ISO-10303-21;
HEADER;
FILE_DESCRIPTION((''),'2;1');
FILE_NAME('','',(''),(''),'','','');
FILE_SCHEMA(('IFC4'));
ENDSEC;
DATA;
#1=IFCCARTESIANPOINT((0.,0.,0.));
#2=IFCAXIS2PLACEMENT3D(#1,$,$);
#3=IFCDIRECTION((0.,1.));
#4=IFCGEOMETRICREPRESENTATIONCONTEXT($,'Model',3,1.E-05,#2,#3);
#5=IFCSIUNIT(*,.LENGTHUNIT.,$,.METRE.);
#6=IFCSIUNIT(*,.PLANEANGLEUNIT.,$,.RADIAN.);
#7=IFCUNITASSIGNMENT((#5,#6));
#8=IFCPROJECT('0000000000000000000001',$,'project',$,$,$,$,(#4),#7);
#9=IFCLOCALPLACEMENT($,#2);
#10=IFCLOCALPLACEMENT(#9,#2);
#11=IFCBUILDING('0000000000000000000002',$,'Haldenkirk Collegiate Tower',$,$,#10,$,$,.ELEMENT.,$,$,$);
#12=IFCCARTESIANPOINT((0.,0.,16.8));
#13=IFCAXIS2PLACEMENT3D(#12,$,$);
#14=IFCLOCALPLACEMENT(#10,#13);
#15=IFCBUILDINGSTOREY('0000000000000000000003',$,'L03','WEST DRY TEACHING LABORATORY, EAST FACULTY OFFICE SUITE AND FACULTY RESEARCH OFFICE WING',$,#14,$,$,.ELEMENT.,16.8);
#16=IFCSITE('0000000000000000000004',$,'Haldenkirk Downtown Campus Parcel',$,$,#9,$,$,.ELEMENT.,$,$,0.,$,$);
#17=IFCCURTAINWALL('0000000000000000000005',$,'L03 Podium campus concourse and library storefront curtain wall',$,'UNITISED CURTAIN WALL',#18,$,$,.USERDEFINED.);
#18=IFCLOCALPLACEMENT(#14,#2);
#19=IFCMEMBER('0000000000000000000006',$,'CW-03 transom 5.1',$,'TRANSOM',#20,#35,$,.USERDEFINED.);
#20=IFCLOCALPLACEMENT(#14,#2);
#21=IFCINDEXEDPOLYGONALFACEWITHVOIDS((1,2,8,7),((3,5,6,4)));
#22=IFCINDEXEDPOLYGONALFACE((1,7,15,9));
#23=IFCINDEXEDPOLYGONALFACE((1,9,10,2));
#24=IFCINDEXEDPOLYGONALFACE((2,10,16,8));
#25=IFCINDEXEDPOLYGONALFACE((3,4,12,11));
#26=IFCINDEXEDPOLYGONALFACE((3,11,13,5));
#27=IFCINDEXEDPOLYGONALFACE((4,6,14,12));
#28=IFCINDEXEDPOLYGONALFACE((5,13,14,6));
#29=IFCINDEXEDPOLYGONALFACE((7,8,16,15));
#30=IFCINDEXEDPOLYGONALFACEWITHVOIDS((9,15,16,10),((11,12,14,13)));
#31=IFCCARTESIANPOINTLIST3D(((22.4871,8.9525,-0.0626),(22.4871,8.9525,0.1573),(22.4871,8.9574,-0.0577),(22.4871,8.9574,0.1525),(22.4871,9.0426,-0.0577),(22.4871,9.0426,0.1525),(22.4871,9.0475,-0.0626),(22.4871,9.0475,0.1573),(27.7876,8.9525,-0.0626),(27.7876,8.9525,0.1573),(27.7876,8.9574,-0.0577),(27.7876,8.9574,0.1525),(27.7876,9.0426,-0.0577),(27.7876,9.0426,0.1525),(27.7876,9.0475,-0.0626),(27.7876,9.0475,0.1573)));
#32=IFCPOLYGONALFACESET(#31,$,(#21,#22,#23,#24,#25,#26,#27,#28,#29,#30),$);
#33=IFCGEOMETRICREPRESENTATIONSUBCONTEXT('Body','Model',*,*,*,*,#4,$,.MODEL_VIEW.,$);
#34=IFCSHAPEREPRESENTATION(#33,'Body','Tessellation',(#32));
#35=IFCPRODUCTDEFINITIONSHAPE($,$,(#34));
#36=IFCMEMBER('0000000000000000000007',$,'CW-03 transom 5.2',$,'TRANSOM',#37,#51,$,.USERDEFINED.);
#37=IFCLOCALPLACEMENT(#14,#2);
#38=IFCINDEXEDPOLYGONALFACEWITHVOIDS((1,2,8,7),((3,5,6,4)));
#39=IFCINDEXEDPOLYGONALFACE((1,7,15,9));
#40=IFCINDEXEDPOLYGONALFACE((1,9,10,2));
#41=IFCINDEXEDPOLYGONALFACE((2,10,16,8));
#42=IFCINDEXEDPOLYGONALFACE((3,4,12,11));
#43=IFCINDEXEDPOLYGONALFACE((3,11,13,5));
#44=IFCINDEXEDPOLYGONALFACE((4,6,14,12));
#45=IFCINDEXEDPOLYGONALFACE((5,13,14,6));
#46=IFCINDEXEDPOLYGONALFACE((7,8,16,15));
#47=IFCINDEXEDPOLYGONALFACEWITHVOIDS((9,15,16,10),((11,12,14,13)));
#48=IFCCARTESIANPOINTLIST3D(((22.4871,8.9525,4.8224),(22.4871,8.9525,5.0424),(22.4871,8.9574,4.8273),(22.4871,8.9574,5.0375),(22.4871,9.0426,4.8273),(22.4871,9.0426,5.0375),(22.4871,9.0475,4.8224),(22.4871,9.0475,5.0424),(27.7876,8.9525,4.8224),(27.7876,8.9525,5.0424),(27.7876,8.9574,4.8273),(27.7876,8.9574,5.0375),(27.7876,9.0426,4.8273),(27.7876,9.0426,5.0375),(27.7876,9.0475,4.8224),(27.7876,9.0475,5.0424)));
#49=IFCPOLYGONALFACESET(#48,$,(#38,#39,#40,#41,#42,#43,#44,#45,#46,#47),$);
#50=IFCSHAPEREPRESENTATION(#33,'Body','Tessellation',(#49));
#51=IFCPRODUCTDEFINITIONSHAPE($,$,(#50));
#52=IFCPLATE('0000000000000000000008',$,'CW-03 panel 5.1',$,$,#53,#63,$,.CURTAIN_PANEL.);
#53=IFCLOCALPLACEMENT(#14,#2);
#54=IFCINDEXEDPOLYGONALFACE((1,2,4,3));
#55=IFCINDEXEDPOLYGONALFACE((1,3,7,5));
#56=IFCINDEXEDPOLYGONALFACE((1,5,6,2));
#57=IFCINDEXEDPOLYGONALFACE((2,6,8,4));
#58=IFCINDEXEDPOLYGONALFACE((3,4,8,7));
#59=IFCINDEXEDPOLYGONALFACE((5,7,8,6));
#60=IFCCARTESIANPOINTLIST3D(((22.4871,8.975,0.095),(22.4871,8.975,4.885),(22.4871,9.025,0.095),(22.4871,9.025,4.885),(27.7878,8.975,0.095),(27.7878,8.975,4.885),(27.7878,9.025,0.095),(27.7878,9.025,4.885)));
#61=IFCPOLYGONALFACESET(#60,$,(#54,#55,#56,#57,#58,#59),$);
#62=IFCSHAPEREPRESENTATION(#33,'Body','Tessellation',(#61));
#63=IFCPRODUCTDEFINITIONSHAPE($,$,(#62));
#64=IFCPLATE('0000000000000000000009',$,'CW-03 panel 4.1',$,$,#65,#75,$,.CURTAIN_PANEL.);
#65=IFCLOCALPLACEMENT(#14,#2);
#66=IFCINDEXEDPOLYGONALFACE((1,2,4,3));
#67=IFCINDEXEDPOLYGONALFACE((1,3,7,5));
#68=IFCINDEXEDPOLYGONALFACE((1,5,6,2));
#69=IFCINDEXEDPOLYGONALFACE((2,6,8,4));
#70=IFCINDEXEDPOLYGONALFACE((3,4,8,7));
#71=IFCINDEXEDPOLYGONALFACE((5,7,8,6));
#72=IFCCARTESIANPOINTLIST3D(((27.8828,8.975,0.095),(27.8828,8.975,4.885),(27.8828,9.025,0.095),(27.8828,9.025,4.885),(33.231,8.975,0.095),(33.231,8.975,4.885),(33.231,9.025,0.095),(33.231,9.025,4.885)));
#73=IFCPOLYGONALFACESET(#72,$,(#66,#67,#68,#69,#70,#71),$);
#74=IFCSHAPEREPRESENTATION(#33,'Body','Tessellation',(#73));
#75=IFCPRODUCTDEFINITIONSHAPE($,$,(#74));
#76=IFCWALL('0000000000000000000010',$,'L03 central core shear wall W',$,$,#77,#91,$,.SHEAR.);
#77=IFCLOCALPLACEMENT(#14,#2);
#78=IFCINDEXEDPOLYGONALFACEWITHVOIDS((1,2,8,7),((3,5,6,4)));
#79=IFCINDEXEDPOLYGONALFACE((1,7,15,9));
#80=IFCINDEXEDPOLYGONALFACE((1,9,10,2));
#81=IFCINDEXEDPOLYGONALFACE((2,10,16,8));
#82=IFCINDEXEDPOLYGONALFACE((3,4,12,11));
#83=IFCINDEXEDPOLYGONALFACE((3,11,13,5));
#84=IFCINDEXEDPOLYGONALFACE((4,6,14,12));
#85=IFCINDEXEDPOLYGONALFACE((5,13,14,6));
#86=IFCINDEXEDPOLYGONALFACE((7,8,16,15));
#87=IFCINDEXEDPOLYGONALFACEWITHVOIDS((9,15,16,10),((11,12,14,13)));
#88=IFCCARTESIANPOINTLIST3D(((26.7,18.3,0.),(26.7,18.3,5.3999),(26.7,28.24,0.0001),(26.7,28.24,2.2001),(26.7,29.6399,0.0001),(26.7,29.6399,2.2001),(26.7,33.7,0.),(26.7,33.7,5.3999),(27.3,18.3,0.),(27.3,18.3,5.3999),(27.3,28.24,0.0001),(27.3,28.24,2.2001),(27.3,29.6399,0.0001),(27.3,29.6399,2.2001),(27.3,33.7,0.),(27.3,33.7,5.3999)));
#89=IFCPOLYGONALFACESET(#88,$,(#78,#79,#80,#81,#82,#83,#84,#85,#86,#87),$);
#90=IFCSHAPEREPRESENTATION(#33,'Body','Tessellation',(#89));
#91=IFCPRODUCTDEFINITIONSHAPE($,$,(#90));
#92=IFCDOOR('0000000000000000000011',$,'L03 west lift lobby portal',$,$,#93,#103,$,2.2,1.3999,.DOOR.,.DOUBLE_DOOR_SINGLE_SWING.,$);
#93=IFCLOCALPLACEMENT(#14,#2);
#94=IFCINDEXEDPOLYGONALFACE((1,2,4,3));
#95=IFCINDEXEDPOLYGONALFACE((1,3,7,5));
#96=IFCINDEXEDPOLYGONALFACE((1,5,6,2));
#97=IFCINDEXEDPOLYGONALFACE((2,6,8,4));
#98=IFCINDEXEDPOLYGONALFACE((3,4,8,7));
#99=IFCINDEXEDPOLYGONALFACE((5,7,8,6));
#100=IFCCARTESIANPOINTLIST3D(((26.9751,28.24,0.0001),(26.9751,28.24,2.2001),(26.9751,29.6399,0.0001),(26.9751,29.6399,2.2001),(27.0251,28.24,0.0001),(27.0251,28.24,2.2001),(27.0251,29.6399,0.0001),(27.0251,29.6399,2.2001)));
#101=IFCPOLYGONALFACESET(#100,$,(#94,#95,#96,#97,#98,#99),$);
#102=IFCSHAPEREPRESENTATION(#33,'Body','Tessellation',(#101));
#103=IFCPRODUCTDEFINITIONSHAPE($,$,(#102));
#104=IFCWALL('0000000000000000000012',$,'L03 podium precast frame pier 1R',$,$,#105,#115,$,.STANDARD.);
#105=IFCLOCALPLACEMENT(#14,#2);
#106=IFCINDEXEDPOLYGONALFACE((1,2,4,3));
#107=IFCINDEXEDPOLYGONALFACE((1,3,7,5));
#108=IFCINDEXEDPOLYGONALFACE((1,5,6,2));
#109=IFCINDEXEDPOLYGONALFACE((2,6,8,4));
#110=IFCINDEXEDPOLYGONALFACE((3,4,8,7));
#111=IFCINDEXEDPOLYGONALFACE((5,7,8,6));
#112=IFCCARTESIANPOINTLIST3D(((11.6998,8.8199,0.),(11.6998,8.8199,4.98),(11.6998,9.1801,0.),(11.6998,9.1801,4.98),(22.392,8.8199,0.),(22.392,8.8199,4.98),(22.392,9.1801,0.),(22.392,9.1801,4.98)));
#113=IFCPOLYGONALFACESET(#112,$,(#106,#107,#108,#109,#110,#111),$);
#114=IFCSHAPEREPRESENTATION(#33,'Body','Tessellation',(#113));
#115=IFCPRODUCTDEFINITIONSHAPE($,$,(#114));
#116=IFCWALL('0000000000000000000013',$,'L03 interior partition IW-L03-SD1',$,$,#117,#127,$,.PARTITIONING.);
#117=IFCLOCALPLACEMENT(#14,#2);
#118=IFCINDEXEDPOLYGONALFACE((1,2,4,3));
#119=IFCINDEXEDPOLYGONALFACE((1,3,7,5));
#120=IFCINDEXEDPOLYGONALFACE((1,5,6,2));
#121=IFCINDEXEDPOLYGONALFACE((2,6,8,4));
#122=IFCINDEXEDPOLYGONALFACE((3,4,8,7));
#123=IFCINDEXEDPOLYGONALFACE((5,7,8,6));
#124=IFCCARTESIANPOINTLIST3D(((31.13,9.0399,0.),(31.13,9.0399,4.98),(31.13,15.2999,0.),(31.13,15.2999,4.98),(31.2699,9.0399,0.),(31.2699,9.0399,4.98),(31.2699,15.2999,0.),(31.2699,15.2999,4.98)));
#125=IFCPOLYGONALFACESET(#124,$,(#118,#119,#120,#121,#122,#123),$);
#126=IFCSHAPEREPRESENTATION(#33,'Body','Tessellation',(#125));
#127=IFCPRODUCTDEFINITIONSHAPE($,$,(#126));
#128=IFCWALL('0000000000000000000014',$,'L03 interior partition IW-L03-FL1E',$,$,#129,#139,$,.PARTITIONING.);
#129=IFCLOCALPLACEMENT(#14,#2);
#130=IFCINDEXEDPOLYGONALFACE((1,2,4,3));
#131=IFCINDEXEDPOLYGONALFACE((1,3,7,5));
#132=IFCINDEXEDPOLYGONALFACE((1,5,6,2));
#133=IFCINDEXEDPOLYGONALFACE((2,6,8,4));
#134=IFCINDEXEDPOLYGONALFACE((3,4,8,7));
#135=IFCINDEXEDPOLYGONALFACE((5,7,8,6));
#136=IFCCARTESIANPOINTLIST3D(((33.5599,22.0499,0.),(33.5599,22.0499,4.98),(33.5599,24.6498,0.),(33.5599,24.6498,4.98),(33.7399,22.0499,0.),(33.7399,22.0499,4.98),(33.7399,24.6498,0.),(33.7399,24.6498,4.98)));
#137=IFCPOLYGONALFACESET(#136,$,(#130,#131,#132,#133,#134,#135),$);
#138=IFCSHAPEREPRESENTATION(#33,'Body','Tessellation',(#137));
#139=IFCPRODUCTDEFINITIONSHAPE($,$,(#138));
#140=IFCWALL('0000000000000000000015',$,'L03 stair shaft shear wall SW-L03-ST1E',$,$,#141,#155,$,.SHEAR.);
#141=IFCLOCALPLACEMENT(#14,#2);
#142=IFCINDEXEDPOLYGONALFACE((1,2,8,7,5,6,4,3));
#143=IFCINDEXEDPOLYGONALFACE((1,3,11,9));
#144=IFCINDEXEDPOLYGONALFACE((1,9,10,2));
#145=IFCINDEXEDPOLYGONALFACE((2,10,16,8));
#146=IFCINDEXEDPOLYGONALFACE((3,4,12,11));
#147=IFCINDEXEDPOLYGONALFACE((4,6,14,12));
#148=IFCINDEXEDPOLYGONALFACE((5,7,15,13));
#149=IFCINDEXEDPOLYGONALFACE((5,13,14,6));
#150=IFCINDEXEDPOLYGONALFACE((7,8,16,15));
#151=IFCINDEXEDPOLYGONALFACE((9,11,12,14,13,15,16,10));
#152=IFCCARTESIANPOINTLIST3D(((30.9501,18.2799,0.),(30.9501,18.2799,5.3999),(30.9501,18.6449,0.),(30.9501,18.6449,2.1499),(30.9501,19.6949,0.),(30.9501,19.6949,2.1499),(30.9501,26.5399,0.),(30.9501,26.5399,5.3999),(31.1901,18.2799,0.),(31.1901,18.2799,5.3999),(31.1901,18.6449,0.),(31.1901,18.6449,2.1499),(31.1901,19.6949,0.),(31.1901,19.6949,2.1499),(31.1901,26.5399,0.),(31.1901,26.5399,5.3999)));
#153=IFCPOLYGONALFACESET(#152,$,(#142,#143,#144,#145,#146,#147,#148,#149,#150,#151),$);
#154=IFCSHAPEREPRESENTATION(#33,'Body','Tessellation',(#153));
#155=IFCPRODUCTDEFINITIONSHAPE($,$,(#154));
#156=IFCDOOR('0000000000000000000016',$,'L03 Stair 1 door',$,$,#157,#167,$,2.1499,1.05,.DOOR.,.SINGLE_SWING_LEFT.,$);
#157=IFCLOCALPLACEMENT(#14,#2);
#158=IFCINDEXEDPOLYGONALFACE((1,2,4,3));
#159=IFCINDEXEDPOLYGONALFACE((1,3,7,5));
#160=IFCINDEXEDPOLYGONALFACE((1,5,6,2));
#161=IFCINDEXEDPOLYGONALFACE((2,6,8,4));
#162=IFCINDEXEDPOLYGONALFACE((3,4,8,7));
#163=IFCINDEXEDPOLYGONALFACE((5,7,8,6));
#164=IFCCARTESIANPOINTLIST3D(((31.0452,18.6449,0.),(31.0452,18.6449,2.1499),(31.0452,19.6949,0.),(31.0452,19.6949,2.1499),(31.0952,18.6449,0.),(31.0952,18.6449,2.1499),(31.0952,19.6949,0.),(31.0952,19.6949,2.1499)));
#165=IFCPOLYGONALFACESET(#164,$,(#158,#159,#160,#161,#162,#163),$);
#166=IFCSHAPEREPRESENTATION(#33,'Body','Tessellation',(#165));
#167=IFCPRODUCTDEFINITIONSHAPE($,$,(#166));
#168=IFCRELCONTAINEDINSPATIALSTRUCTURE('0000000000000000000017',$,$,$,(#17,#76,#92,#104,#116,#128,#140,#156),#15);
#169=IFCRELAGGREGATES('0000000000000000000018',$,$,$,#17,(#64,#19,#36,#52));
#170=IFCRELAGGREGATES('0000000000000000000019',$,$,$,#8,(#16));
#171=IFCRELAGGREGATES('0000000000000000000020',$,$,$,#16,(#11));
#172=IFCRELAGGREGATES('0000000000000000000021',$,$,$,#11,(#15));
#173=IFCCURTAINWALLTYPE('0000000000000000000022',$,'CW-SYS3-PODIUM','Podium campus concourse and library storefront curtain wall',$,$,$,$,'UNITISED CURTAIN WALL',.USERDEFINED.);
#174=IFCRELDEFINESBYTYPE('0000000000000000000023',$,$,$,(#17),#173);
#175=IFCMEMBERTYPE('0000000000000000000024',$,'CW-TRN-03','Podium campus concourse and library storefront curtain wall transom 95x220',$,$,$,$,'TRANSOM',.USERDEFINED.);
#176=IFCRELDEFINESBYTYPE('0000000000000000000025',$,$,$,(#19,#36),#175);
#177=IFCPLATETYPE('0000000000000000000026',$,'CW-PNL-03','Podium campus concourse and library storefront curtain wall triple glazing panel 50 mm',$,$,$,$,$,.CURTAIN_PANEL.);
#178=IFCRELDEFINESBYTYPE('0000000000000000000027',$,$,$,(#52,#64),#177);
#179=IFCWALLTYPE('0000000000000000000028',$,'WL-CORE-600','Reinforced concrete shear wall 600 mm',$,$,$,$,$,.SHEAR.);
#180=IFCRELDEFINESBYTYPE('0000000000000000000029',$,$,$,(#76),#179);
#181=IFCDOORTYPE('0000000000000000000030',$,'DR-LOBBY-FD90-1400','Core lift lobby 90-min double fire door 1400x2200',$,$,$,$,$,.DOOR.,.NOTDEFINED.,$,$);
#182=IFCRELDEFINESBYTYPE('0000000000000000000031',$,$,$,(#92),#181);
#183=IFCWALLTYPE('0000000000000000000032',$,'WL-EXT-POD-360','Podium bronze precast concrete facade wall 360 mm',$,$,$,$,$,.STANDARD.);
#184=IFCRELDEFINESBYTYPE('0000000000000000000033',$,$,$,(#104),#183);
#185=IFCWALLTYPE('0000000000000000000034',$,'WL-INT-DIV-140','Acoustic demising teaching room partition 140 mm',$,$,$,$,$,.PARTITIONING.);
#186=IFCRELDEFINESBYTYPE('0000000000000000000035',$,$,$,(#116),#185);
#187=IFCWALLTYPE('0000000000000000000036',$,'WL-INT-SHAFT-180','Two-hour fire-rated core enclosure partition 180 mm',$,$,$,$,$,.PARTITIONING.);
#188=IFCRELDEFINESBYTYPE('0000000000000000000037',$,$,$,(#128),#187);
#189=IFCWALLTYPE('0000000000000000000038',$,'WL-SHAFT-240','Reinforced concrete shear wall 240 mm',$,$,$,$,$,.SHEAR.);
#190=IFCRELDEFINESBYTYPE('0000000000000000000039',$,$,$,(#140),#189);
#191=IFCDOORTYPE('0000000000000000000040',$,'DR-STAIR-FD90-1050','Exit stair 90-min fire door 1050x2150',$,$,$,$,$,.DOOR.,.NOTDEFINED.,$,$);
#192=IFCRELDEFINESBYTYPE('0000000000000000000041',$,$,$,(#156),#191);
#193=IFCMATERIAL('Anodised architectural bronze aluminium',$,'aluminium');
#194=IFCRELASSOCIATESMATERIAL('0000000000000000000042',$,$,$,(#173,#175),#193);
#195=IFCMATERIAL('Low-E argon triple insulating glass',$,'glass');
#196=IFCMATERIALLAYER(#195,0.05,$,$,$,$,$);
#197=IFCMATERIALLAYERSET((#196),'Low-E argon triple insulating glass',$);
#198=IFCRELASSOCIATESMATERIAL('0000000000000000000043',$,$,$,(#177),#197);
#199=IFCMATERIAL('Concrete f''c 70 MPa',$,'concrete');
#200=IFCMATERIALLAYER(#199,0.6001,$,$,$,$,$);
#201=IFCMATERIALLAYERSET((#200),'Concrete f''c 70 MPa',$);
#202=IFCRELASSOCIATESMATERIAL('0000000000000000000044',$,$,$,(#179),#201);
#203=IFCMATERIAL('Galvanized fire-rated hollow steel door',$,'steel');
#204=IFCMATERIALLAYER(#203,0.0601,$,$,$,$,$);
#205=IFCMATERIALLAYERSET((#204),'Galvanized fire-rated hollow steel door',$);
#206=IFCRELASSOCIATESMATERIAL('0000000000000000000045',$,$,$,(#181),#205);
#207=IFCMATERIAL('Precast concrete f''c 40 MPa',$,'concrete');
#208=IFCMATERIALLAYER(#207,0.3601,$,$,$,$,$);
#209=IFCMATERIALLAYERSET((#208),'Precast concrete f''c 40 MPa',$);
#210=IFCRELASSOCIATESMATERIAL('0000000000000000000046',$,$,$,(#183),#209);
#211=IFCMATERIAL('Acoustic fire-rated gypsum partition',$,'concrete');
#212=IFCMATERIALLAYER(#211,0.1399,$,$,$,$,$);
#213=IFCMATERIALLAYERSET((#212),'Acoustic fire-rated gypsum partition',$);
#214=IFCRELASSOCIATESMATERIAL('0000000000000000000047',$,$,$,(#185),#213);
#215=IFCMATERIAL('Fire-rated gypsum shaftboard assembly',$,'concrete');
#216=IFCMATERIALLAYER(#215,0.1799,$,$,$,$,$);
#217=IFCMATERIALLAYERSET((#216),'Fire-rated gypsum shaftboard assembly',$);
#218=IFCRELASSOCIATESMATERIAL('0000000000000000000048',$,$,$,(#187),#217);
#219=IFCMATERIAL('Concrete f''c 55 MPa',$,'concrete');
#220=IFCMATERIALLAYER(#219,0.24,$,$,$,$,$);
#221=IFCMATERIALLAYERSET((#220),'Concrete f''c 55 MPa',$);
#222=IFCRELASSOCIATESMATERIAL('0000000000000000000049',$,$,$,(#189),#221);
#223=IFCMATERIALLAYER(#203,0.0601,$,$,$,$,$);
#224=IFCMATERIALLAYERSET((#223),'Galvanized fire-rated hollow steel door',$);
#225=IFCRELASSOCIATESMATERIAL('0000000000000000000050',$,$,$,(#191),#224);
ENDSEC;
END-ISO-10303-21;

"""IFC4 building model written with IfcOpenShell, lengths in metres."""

from ifc_helpers import new_model, si_unit, direction, frame, frame_2d, origin, origin_2d, place, context, subcontext, project, spatial, rectangle, hollow_rectangle, extrude, source, transform, mapped, material, layer, layer_set, material_profile, profile_set, type_object, element, fill, aggregate, save


model = new_model("IFC4")

# Units and contexts
model_context = context("Model", 3, precision=1e-05, world=origin(), true_north=direction((0.0, 1.0)))
body_context = subcontext(model_context, "Body", "Model", "MODEL_VIEW")
ifc_project = project(units=[si_unit("LENGTHUNIT", "METRE"), si_unit("PLANEANGLEUNIT", "RADIAN")], contexts=[model_context])

# Site, building, storey
site_placement = place(None, origin())
site = spatial("IfcSite", under=ifc_project, at=site_placement, Name="Haldenkirk Downtown Campus Parcel", CompositionType="ELEMENT", RefElevation=0.0)
building_placement = place(site_placement, origin())
building = spatial("IfcBuilding", under=site, at=building_placement, Name="Haldenkirk Collegiate Tower", CompositionType="ELEMENT")
storey_placement = place(building_placement, frame((0.0, 0.0, 16.8)))
storey = spatial("IfcBuildingStorey", under=building, at=storey_placement, Name="L03", Description="WEST DRY TEACHING LABORATORY, EAST FACULTY OFFICE SUITE AND FACULTY RESEARCH OFFICE WING", CompositionType="ELEMENT", Elevation=16.8)

# Curtain wall, members, plates
ifc_material_1 = material(Name="Anodised architectural bronze aluminium", Category="aluminium")
curtain_wall_type = type_object("IfcCurtainWallType", Name="CW-SYS3-PODIUM", Description="Podium campus concourse and library storefront curtain wall", ElementType="UNITISED CURTAIN WALL", PredefinedType="USERDEFINED", material=ifc_material_1)
curtain_wall_placement = place(storey_placement, origin())
curtain_wall = element("IfcCurtainWall", 1, at=curtain_wall_placement, inside=storey, type_object=curtain_wall_type, Name="L03 Podium campus concourse and library storefront curtain wall", ObjectType="UNITISED CURTAIN WALL", PredefinedType="USERDEFINED")
ifc_material_profile_1 = material_profile(ifc_material_1, hollow_rectangle(XDim=0.095, YDim=0.22, WallThickness=0.0049, at=origin_2d()), Name="CW-TRN-03")
ifc_profile_set_1 = profile_set([ifc_material_profile_1], Name="Anodised architectural bronze aluminium")
member_type_1 = type_object("IfcMemberType", Name="CW-TRN-03", Description="Podium campus concourse and library storefront curtain wall transom 95x220", ElementType="TRANSOM", PredefinedType="USERDEFINED", material=ifc_profile_set_1)
member_1_placement = place(storey_placement, frame((27.7876, 9.0, 0.0474), z_axis=(-1.0, 0.0, 0.0), x_axis=(0.0, -1.0, 0.0)))
member_1 = element("IfcMember", 2, at=member_1_placement, type_object=member_type_1, Name="CW-03 transom 5.1", ObjectType="TRANSOM", PredefinedType="USERDEFINED", context=body_context, shape_type="SweptSolid", body=[
    extrude(hollow_rectangle(XDim=0.095, YDim=0.22, WallThickness=0.0049, at=origin_2d()), origin(), (0.0, 0.0, 1.0), 5.3005),
])
member_2_placement = place(storey_placement, frame((27.7876, 9.0, 4.9324), z_axis=(-1.0, 0.0, 0.0), x_axis=(0.0, -1.0, 0.0)))
member_2 = element("IfcMember", 3, at=member_2_placement, type_object=member_type_1, Name="CW-03 transom 5.2", ObjectType="TRANSOM", PredefinedType="USERDEFINED", context=body_context, shape_type="SweptSolid", body=[
    extrude(hollow_rectangle(XDim=0.095, YDim=0.22, WallThickness=0.0049, at=origin_2d()), origin(), (0.0, 0.0, 1.0), 5.3005),
])
ifc_material_2 = material(Name="Low-E argon triple insulating glass", Category="glass")
ifc_layer_1 = layer(ifc_material_2, 0.05)
ifc_layer_set_1 = layer_set([ifc_layer_1], Name="Low-E argon triple insulating glass")
plate_type = type_object("IfcPlateType", Name="CW-PNL-03", Description="Podium campus concourse and library storefront curtain wall triple glazing panel 50 mm", PredefinedType="CURTAIN_PANEL", material=ifc_layer_set_1)
shared_shape_1 = source(origin(), body_context, "Body", "SweptSolid", [
    extrude(rectangle(XDim=5.3008, YDim=0.05, at=origin_2d()), origin(), (0.0, 0.0, 1.0), 4.79),
])
plate_1_placement = place(storey_placement, frame((25.1375, 9.0, 0.095), z_axis=(0.0, 0.0, 1.0), x_axis=(-1.0, 0.0, 0.0)))
plate_1 = element("IfcPlate", 4, at=plate_1_placement, type_object=plate_type, Name="CW-03 panel 5.1", PredefinedType="CURTAIN_PANEL", context=body_context, shape_type="MappedRepresentation", body=[
    mapped(shared_shape_1, transform((0.0, 0.0, 0.0), x_axis=(1.0, 0.0, 0.0), y_axis=(0.0, 1.0, 0.0), z_axis=(0.0, 0.0, 1.0), scale=1.0)),
])
shared_shape_2 = source(origin(), body_context, "Body", "SweptSolid", [
    extrude(rectangle(XDim=5.3481, YDim=0.05, at=origin_2d()), origin(), (0.0, 0.0, 1.0), 4.79),
])
plate_2_placement = place(storey_placement, frame((30.5569, 9.0, 0.095), z_axis=(0.0, 0.0, 1.0), x_axis=(-1.0, 0.0, 0.0)))
plate_2 = element("IfcPlate", 5, at=plate_2_placement, type_object=plate_type, Name="CW-03 panel 4.1", PredefinedType="CURTAIN_PANEL", context=body_context, shape_type="MappedRepresentation", body=[
    mapped(shared_shape_2, transform((0.0, 0.0, 0.0), x_axis=(1.0, 0.0, 0.0), y_axis=(0.0, 1.0, 0.0), z_axis=(0.0, 0.0, 1.0), scale=1.0)),
])
aggregate(curtain_wall, [plate_2, member_1, member_2, plate_1])

# Shared definitions
ifc_material_3 = material(Name="Concrete f'c 70 MPa", Category="concrete")
ifc_layer_2 = layer(ifc_material_3, 0.6001)
ifc_layer_set_2 = layer_set([ifc_layer_2], Name="Concrete f'c 70 MPa")
wall_type_1 = type_object("IfcWallType", Name="WL-CORE-600", Description="Reinforced concrete shear wall 600 mm", PredefinedType="SHEAR", material=ifc_layer_set_2)
ifc_material_4 = material(Name="Galvanized fire-rated hollow steel door", Category="steel")

# Wall, opening, door
wall_1_placement = place(storey_placement, frame((27.0, 18.3, 0.0), z_axis=(0.0, 0.0, 1.0), x_axis=(0.0, 1.0, 0.0)))
wall_1 = element("IfcWall", 6, at=wall_1_placement, inside=storey, type_object=wall_type_1, Name="L03 central core shear wall W", PredefinedType="SHEAR", context=body_context, shape_type="SweptSolid", body=[
    extrude(rectangle(XDim=15.3999, YDim=0.6001, at=frame_2d((7.7, 0.0))), origin(), (0.0, 0.0, 1.0), 5.3999),
])
opening_1_placement = place(wall_1_placement, frame((9.9399, 0.0, 0.0)))
opening_1 = element("IfcOpeningElement", 7, at=opening_1_placement, cuts=wall_1, PredefinedType="OPENING", context=body_context, shape_type="SweptSolid", body=[
    extrude(rectangle(XDim=1.3999, YDim=2.2, at=frame_2d((0.7, 1.1001))), frame((0.0, 0.3101, 0.0), z_axis=(0.0, -1.0, 0.0), x_axis=(1.0, 0.0, 0.0)), (0.0, 0.0, 1.0), 0.6201),
])
ifc_layer_3 = layer(ifc_material_4, 0.0601)
ifc_layer_set_3 = layer_set([ifc_layer_3], Name="Galvanized fire-rated hollow steel door")
door_type_1 = type_object("IfcDoorType", Name="DR-LOBBY-FD90-1400", Description="Core lift lobby 90-min double fire door 1400x2200", OperationType="NOTDEFINED", PredefinedType="DOOR", material=ifc_layer_set_3)
door_1_placement = place(opening_1_placement, origin())
door_1 = element("IfcDoor", 8, at=door_1_placement, inside=storey, type_object=door_type_1, Name="L03 west lift lobby portal", OperationType="DOUBLE_DOOR_SINGLE_SWING", OverallHeight=2.2, OverallWidth=1.3999, PredefinedType="DOOR", context=body_context, shape_type="SweptSolid", body=[
    extrude(rectangle(XDim=1.3999, YDim=2.2, at=frame_2d((0.7, 1.1001))), frame((0.0, 0.0249, 0.0), z_axis=(0.0, -1.0, 0.0), x_axis=(1.0, 0.0, 0.0)), (0.0, 0.0, 1.0), 0.05),
])
fill(opening_1, door_1)

# Walls
ifc_material_5 = material(Name="Precast concrete f'c 40 MPa", Category="concrete")
ifc_layer_4 = layer(ifc_material_5, 0.3601)
ifc_layer_set_4 = layer_set([ifc_layer_4], Name="Precast concrete f'c 40 MPa")
wall_type_2 = type_object("IfcWallType", Name="WL-EXT-POD-360", Description="Podium bronze precast concrete facade wall 360 mm", PredefinedType="STANDARD", material=ifc_layer_set_4)
wall_2_placement = place(storey_placement, frame((22.3921, 9.0, 0.0), z_axis=(0.0, 0.0, 1.0), x_axis=(-1.0, 0.0, 0.0)))
element("IfcWall", 9, at=wall_2_placement, inside=storey, type_object=wall_type_2, Name="L03 podium precast frame pier 1R", PredefinedType="STANDARD", context=body_context, shape_type="SweptSolid", body=[
    extrude(rectangle(XDim=10.6921, YDim=0.3601, at=frame_2d((5.3462, 0.0))), origin(), (0.0, 0.0, 1.0), 4.98),
])
ifc_material_6 = material(Name="Acoustic fire-rated gypsum partition", Category="concrete")
ifc_layer_5 = layer(ifc_material_6, 0.1399)
ifc_layer_set_5 = layer_set([ifc_layer_5], Name="Acoustic fire-rated gypsum partition")
wall_type_3 = type_object("IfcWallType", Name="WL-INT-DIV-140", Description="Acoustic demising teaching room partition 140 mm", PredefinedType="PARTITIONING", material=ifc_layer_set_5)
wall_3_placement = place(storey_placement, frame((31.2, 9.04, 0.0), z_axis=(0.0, 0.0, 1.0), x_axis=(0.0, 1.0, 0.0)))
element("IfcWall", 10, at=wall_3_placement, inside=storey, type_object=wall_type_3, Name="L03 interior partition IW-L03-SD1", PredefinedType="PARTITIONING", context=body_context, shape_type="SweptSolid", body=[
    extrude(rectangle(XDim=6.26, YDim=0.1399, at=frame_2d((3.1299, 0.0))), origin(), (0.0, 0.0, 1.0), 4.98),
])
ifc_material_7 = material(Name="Fire-rated gypsum shaftboard assembly", Category="concrete")
ifc_layer_6 = layer(ifc_material_7, 0.1799)
ifc_layer_set_6 = layer_set([ifc_layer_6], Name="Fire-rated gypsum shaftboard assembly")
wall_type_4 = type_object("IfcWallType", Name="WL-INT-SHAFT-180", Description="Two-hour fire-rated core enclosure partition 180 mm", PredefinedType="PARTITIONING", material=ifc_layer_set_6)
wall_4_placement = place(storey_placement, frame((33.6499, 22.05, 0.0), z_axis=(0.0, 0.0, 1.0), x_axis=(0.0, 1.0, 0.0)))
element("IfcWall", 11, at=wall_4_placement, inside=storey, type_object=wall_type_4, Name="L03 interior partition IW-L03-FL1E", PredefinedType="PARTITIONING", context=body_context, shape_type="SweptSolid", body=[
    extrude(rectangle(XDim=2.5999, YDim=0.1799, at=frame_2d((1.2998, 0.0))), origin(), (0.0, 0.0, 1.0), 4.98),
])

# Wall, opening, door
ifc_material_8 = material(Name="Concrete f'c 55 MPa", Category="concrete")
ifc_layer_7 = layer(ifc_material_8, 0.24)
ifc_layer_set_7 = layer_set([ifc_layer_7], Name="Concrete f'c 55 MPa")
wall_type_5 = type_object("IfcWallType", Name="WL-SHAFT-240", Description="Reinforced concrete shear wall 240 mm", PredefinedType="SHEAR", material=ifc_layer_set_7)
wall_5_placement = place(storey_placement, frame((31.0701, 18.28, 0.0), z_axis=(0.0, 0.0, 1.0), x_axis=(0.0, 1.0, 0.0)))
wall_5 = element("IfcWall", 12, at=wall_5_placement, inside=storey, type_object=wall_type_5, Name="L03 stair shaft shear wall SW-L03-ST1E", PredefinedType="SHEAR", context=body_context, shape_type="SweptSolid", body=[
    extrude(rectangle(XDim=8.26, YDim=0.24, at=frame_2d((4.1299, 0.0))), origin(), (0.0, 0.0, 1.0), 5.3999),
])
opening_2_placement = place(wall_5_placement, frame((0.365, 0.0, 0.0)))
opening_2 = element("IfcOpeningElement", 13, at=opening_2_placement, cuts=wall_5, PredefinedType="OPENING", context=body_context, shape_type="SweptSolid", body=[
    extrude(rectangle(XDim=1.05, YDim=2.1499, at=frame_2d((0.5249, 1.075))), frame((0.0, 0.1299, 0.0), z_axis=(0.0, -1.0, 0.0), x_axis=(1.0, 0.0, 0.0)), (0.0, 0.0, 1.0), 0.26),
])
ifc_layer_8 = layer(ifc_material_4, 0.0601)
ifc_layer_set_8 = layer_set([ifc_layer_8], Name="Galvanized fire-rated hollow steel door")
door_type_2 = type_object("IfcDoorType", Name="DR-STAIR-FD90-1050", Description="Exit stair 90-min fire door 1050x2150", OperationType="NOTDEFINED", PredefinedType="DOOR", material=ifc_layer_set_8)
door_2_placement = place(opening_2_placement, origin())
door_2 = element("IfcDoor", 14, at=door_2_placement, inside=storey, type_object=door_type_2, Name="L03 Stair 1 door", OperationType="SINGLE_SWING_LEFT", OverallHeight=2.1499, OverallWidth=1.05, PredefinedType="DOOR", context=body_context, shape_type="SweptSolid", body=[
    extrude(rectangle(XDim=1.05, YDim=2.1499, at=frame_2d((0.5249, 1.075))), frame((0.0, 0.0249, 0.0), z_axis=(0.0, -1.0, 0.0), x_axis=(1.0, 0.0, 0.0)), (0.0, 0.0, 1.0), 0.05),
])
fill(opening_2, door_2)

save(model, "model.ifc")
